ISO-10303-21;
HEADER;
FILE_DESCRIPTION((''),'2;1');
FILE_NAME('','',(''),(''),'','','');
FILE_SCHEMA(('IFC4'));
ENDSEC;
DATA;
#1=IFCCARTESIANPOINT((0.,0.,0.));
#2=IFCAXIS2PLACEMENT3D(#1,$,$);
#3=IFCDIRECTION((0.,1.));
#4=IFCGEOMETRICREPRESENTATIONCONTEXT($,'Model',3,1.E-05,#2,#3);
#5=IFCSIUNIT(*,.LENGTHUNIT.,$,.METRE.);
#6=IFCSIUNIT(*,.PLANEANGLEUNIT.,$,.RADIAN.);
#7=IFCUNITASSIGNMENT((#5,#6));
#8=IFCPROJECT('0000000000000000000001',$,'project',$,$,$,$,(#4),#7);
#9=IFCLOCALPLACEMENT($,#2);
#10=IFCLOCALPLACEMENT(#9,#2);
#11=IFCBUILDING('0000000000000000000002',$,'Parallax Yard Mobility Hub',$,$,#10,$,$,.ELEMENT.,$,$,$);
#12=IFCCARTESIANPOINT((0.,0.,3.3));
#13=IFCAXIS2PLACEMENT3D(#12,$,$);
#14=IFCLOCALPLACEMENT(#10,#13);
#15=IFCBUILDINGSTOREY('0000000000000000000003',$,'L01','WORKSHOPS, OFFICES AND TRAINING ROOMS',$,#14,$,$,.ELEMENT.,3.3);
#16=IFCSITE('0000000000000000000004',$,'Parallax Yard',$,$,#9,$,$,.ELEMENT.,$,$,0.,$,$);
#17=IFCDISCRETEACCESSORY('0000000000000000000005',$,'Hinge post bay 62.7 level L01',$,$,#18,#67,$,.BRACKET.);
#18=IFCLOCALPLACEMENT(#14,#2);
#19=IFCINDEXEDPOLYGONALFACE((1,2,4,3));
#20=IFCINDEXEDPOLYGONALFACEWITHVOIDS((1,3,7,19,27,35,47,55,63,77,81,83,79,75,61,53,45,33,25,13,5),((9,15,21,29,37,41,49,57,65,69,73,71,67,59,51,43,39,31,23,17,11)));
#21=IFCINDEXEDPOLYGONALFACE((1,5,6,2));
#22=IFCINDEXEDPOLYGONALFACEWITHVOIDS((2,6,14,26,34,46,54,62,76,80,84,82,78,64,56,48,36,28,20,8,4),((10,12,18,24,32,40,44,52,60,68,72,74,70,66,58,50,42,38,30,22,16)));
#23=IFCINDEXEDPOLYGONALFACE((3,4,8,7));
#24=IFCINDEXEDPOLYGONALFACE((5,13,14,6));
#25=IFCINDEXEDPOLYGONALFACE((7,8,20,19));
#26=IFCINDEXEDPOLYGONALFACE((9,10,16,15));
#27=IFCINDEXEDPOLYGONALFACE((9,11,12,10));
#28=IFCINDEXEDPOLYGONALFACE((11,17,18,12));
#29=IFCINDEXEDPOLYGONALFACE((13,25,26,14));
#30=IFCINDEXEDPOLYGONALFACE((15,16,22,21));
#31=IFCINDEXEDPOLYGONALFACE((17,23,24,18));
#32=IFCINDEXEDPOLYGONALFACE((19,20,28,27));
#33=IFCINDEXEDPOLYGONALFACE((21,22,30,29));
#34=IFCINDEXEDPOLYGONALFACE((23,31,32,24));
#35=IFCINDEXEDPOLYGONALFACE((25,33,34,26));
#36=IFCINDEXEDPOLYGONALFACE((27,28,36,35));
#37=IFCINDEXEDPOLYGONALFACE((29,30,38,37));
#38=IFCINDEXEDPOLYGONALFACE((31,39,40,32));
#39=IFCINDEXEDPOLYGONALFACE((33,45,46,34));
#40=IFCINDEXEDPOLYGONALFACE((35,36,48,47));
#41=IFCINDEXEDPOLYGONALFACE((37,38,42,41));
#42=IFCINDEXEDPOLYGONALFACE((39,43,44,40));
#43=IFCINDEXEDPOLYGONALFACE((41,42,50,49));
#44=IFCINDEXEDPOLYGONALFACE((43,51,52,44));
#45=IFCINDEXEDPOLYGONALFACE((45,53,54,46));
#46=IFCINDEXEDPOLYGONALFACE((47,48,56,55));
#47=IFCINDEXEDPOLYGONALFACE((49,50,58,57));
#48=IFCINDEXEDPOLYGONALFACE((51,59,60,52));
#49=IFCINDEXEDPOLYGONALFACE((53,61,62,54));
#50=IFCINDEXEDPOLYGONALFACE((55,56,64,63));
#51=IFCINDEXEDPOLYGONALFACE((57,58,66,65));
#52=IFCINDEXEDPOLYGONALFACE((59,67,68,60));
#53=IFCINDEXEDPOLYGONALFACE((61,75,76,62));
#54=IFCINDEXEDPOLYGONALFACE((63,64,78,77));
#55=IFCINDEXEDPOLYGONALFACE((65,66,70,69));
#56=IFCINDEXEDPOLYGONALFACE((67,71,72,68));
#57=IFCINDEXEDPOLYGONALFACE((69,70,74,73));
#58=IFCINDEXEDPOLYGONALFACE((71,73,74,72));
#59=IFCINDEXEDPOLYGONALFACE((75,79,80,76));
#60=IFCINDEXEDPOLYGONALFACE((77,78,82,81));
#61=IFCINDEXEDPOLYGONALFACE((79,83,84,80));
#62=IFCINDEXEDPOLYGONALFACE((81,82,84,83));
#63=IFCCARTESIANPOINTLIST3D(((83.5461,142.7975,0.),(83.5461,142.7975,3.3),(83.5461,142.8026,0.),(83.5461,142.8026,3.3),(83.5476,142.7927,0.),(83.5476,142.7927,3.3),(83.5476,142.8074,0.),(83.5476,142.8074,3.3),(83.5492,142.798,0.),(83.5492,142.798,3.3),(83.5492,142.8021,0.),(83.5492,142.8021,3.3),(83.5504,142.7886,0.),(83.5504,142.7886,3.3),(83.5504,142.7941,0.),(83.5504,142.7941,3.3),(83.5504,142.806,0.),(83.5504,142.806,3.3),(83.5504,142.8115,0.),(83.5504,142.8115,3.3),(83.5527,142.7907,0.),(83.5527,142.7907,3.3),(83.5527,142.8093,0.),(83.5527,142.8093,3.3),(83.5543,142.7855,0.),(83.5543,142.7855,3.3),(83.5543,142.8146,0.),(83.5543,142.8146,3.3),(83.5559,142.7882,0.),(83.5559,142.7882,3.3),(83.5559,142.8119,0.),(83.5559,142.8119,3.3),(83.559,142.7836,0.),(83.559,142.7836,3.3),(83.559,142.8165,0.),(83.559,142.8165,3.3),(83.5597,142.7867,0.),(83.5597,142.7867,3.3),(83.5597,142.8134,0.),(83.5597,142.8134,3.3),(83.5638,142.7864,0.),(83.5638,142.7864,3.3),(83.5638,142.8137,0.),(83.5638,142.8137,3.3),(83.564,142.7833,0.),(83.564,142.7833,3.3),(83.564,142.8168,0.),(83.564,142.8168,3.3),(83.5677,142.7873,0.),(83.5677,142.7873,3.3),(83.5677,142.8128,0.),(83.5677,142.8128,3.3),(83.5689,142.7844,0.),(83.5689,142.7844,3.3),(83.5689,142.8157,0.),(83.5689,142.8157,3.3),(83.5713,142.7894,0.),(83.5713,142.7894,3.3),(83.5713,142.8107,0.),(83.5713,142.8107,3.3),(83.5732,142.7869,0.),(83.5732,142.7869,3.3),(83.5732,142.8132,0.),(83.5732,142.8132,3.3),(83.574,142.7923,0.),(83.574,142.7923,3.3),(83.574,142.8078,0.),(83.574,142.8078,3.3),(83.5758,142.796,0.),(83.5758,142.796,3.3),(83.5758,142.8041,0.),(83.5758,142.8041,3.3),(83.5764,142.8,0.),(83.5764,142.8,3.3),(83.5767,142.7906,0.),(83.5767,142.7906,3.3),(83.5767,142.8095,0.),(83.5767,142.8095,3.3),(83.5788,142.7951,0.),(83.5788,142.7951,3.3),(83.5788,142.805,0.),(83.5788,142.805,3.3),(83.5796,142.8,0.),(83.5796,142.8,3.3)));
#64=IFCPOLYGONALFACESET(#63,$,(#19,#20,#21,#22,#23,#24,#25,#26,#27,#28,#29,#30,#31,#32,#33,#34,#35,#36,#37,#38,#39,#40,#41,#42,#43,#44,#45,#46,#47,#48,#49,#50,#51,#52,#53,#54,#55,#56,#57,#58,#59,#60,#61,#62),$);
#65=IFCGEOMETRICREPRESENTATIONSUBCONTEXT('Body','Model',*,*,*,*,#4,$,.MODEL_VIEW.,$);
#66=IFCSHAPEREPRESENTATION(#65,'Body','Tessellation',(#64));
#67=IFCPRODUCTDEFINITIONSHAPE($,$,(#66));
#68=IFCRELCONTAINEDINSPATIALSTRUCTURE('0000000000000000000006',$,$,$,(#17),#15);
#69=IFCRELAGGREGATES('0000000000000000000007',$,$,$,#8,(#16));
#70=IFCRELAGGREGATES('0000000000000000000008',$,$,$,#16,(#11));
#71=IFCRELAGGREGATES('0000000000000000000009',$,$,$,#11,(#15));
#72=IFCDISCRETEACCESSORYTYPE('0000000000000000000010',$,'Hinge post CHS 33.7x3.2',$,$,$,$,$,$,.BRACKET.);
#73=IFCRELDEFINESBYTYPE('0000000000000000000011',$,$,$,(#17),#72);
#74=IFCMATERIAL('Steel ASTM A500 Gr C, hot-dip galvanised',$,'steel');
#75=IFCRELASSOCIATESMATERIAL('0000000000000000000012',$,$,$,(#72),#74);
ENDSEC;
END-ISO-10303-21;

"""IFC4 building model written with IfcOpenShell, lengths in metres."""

from ifc_helpers import new_model, si_unit, direction, frame, origin, origin_2d, place, context, subcontext, project, spatial, hollow_circle, extrude, material, material_profile, profile_set, type_object, element, save


model = new_model("IFC4")

# Units and contexts
model_context = context("Model", 3, precision=1e-05, world=origin(), true_north=direction((0.0, 1.0)))
body_context = subcontext(model_context, "Body", "Model", "MODEL_VIEW")
ifc_project = project(units=[si_unit("LENGTHUNIT", "METRE"), si_unit("PLANEANGLEUNIT", "RADIAN")], contexts=[model_context])

# Site, building, storey
site_placement = place(None, origin())
site = spatial("IfcSite", under=ifc_project, at=site_placement, Name="Parallax Yard", CompositionType="ELEMENT", RefElevation=0.0)
building_placement = place(site_placement, origin())
building = spatial("IfcBuilding", under=site, at=building_placement, Name="Parallax Yard Mobility Hub", CompositionType="ELEMENT")
storey_placement = place(building_placement, frame((0.0, 0.0, 3.3)))
storey = spatial("IfcBuildingStorey", under=building, at=storey_placement, Name="L01", Description="WORKSHOPS, OFFICES AND TRAINING ROOMS", CompositionType="ELEMENT", Elevation=3.3)

# Discrete accessory
ifc_material_1 = material(Name="Steel ASTM A500 Gr C, hot-dip galvanised", Category="steel")
ifc_material_profile = material_profile(ifc_material_1, hollow_circle(Radius=0.0168, WallThickness=0.0032, at=origin_2d()), Name="CHS 33.7x3.2")
ifc_profile_set = profile_set([ifc_material_profile], Name="Steel ASTM A500 Gr C, hot-dip galvanised")
discrete_accessory_type_1 = type_object("IfcDiscreteAccessoryType", Name="Hinge post CHS 33.7x3.2", PredefinedType="BRACKET", material=ifc_profile_set)
for number, where, z_axis, x_axis, name in (
    (1, (83.5627, 142.8, 0.0), (0.0, 0.0, 1.0), (1.0, 0.0, 0.0), "Hinge post bay 62.7 level L01"),
):
    element("IfcDiscreteAccessory", number, at=place(storey_placement, frame(where, z_axis=z_axis, x_axis=x_axis)), inside=storey, type_object=discrete_accessory_type_1, Name=name, PredefinedType="BRACKET", context=body_context, shape_type="SweptSolid", body=[
        extrude(hollow_circle(Radius=0.0168, WallThickness=0.0032, at=origin_2d()), origin(), (0.0, 0.0, 1.0), 3.3),
    ])

save(model, "model.ifc")
